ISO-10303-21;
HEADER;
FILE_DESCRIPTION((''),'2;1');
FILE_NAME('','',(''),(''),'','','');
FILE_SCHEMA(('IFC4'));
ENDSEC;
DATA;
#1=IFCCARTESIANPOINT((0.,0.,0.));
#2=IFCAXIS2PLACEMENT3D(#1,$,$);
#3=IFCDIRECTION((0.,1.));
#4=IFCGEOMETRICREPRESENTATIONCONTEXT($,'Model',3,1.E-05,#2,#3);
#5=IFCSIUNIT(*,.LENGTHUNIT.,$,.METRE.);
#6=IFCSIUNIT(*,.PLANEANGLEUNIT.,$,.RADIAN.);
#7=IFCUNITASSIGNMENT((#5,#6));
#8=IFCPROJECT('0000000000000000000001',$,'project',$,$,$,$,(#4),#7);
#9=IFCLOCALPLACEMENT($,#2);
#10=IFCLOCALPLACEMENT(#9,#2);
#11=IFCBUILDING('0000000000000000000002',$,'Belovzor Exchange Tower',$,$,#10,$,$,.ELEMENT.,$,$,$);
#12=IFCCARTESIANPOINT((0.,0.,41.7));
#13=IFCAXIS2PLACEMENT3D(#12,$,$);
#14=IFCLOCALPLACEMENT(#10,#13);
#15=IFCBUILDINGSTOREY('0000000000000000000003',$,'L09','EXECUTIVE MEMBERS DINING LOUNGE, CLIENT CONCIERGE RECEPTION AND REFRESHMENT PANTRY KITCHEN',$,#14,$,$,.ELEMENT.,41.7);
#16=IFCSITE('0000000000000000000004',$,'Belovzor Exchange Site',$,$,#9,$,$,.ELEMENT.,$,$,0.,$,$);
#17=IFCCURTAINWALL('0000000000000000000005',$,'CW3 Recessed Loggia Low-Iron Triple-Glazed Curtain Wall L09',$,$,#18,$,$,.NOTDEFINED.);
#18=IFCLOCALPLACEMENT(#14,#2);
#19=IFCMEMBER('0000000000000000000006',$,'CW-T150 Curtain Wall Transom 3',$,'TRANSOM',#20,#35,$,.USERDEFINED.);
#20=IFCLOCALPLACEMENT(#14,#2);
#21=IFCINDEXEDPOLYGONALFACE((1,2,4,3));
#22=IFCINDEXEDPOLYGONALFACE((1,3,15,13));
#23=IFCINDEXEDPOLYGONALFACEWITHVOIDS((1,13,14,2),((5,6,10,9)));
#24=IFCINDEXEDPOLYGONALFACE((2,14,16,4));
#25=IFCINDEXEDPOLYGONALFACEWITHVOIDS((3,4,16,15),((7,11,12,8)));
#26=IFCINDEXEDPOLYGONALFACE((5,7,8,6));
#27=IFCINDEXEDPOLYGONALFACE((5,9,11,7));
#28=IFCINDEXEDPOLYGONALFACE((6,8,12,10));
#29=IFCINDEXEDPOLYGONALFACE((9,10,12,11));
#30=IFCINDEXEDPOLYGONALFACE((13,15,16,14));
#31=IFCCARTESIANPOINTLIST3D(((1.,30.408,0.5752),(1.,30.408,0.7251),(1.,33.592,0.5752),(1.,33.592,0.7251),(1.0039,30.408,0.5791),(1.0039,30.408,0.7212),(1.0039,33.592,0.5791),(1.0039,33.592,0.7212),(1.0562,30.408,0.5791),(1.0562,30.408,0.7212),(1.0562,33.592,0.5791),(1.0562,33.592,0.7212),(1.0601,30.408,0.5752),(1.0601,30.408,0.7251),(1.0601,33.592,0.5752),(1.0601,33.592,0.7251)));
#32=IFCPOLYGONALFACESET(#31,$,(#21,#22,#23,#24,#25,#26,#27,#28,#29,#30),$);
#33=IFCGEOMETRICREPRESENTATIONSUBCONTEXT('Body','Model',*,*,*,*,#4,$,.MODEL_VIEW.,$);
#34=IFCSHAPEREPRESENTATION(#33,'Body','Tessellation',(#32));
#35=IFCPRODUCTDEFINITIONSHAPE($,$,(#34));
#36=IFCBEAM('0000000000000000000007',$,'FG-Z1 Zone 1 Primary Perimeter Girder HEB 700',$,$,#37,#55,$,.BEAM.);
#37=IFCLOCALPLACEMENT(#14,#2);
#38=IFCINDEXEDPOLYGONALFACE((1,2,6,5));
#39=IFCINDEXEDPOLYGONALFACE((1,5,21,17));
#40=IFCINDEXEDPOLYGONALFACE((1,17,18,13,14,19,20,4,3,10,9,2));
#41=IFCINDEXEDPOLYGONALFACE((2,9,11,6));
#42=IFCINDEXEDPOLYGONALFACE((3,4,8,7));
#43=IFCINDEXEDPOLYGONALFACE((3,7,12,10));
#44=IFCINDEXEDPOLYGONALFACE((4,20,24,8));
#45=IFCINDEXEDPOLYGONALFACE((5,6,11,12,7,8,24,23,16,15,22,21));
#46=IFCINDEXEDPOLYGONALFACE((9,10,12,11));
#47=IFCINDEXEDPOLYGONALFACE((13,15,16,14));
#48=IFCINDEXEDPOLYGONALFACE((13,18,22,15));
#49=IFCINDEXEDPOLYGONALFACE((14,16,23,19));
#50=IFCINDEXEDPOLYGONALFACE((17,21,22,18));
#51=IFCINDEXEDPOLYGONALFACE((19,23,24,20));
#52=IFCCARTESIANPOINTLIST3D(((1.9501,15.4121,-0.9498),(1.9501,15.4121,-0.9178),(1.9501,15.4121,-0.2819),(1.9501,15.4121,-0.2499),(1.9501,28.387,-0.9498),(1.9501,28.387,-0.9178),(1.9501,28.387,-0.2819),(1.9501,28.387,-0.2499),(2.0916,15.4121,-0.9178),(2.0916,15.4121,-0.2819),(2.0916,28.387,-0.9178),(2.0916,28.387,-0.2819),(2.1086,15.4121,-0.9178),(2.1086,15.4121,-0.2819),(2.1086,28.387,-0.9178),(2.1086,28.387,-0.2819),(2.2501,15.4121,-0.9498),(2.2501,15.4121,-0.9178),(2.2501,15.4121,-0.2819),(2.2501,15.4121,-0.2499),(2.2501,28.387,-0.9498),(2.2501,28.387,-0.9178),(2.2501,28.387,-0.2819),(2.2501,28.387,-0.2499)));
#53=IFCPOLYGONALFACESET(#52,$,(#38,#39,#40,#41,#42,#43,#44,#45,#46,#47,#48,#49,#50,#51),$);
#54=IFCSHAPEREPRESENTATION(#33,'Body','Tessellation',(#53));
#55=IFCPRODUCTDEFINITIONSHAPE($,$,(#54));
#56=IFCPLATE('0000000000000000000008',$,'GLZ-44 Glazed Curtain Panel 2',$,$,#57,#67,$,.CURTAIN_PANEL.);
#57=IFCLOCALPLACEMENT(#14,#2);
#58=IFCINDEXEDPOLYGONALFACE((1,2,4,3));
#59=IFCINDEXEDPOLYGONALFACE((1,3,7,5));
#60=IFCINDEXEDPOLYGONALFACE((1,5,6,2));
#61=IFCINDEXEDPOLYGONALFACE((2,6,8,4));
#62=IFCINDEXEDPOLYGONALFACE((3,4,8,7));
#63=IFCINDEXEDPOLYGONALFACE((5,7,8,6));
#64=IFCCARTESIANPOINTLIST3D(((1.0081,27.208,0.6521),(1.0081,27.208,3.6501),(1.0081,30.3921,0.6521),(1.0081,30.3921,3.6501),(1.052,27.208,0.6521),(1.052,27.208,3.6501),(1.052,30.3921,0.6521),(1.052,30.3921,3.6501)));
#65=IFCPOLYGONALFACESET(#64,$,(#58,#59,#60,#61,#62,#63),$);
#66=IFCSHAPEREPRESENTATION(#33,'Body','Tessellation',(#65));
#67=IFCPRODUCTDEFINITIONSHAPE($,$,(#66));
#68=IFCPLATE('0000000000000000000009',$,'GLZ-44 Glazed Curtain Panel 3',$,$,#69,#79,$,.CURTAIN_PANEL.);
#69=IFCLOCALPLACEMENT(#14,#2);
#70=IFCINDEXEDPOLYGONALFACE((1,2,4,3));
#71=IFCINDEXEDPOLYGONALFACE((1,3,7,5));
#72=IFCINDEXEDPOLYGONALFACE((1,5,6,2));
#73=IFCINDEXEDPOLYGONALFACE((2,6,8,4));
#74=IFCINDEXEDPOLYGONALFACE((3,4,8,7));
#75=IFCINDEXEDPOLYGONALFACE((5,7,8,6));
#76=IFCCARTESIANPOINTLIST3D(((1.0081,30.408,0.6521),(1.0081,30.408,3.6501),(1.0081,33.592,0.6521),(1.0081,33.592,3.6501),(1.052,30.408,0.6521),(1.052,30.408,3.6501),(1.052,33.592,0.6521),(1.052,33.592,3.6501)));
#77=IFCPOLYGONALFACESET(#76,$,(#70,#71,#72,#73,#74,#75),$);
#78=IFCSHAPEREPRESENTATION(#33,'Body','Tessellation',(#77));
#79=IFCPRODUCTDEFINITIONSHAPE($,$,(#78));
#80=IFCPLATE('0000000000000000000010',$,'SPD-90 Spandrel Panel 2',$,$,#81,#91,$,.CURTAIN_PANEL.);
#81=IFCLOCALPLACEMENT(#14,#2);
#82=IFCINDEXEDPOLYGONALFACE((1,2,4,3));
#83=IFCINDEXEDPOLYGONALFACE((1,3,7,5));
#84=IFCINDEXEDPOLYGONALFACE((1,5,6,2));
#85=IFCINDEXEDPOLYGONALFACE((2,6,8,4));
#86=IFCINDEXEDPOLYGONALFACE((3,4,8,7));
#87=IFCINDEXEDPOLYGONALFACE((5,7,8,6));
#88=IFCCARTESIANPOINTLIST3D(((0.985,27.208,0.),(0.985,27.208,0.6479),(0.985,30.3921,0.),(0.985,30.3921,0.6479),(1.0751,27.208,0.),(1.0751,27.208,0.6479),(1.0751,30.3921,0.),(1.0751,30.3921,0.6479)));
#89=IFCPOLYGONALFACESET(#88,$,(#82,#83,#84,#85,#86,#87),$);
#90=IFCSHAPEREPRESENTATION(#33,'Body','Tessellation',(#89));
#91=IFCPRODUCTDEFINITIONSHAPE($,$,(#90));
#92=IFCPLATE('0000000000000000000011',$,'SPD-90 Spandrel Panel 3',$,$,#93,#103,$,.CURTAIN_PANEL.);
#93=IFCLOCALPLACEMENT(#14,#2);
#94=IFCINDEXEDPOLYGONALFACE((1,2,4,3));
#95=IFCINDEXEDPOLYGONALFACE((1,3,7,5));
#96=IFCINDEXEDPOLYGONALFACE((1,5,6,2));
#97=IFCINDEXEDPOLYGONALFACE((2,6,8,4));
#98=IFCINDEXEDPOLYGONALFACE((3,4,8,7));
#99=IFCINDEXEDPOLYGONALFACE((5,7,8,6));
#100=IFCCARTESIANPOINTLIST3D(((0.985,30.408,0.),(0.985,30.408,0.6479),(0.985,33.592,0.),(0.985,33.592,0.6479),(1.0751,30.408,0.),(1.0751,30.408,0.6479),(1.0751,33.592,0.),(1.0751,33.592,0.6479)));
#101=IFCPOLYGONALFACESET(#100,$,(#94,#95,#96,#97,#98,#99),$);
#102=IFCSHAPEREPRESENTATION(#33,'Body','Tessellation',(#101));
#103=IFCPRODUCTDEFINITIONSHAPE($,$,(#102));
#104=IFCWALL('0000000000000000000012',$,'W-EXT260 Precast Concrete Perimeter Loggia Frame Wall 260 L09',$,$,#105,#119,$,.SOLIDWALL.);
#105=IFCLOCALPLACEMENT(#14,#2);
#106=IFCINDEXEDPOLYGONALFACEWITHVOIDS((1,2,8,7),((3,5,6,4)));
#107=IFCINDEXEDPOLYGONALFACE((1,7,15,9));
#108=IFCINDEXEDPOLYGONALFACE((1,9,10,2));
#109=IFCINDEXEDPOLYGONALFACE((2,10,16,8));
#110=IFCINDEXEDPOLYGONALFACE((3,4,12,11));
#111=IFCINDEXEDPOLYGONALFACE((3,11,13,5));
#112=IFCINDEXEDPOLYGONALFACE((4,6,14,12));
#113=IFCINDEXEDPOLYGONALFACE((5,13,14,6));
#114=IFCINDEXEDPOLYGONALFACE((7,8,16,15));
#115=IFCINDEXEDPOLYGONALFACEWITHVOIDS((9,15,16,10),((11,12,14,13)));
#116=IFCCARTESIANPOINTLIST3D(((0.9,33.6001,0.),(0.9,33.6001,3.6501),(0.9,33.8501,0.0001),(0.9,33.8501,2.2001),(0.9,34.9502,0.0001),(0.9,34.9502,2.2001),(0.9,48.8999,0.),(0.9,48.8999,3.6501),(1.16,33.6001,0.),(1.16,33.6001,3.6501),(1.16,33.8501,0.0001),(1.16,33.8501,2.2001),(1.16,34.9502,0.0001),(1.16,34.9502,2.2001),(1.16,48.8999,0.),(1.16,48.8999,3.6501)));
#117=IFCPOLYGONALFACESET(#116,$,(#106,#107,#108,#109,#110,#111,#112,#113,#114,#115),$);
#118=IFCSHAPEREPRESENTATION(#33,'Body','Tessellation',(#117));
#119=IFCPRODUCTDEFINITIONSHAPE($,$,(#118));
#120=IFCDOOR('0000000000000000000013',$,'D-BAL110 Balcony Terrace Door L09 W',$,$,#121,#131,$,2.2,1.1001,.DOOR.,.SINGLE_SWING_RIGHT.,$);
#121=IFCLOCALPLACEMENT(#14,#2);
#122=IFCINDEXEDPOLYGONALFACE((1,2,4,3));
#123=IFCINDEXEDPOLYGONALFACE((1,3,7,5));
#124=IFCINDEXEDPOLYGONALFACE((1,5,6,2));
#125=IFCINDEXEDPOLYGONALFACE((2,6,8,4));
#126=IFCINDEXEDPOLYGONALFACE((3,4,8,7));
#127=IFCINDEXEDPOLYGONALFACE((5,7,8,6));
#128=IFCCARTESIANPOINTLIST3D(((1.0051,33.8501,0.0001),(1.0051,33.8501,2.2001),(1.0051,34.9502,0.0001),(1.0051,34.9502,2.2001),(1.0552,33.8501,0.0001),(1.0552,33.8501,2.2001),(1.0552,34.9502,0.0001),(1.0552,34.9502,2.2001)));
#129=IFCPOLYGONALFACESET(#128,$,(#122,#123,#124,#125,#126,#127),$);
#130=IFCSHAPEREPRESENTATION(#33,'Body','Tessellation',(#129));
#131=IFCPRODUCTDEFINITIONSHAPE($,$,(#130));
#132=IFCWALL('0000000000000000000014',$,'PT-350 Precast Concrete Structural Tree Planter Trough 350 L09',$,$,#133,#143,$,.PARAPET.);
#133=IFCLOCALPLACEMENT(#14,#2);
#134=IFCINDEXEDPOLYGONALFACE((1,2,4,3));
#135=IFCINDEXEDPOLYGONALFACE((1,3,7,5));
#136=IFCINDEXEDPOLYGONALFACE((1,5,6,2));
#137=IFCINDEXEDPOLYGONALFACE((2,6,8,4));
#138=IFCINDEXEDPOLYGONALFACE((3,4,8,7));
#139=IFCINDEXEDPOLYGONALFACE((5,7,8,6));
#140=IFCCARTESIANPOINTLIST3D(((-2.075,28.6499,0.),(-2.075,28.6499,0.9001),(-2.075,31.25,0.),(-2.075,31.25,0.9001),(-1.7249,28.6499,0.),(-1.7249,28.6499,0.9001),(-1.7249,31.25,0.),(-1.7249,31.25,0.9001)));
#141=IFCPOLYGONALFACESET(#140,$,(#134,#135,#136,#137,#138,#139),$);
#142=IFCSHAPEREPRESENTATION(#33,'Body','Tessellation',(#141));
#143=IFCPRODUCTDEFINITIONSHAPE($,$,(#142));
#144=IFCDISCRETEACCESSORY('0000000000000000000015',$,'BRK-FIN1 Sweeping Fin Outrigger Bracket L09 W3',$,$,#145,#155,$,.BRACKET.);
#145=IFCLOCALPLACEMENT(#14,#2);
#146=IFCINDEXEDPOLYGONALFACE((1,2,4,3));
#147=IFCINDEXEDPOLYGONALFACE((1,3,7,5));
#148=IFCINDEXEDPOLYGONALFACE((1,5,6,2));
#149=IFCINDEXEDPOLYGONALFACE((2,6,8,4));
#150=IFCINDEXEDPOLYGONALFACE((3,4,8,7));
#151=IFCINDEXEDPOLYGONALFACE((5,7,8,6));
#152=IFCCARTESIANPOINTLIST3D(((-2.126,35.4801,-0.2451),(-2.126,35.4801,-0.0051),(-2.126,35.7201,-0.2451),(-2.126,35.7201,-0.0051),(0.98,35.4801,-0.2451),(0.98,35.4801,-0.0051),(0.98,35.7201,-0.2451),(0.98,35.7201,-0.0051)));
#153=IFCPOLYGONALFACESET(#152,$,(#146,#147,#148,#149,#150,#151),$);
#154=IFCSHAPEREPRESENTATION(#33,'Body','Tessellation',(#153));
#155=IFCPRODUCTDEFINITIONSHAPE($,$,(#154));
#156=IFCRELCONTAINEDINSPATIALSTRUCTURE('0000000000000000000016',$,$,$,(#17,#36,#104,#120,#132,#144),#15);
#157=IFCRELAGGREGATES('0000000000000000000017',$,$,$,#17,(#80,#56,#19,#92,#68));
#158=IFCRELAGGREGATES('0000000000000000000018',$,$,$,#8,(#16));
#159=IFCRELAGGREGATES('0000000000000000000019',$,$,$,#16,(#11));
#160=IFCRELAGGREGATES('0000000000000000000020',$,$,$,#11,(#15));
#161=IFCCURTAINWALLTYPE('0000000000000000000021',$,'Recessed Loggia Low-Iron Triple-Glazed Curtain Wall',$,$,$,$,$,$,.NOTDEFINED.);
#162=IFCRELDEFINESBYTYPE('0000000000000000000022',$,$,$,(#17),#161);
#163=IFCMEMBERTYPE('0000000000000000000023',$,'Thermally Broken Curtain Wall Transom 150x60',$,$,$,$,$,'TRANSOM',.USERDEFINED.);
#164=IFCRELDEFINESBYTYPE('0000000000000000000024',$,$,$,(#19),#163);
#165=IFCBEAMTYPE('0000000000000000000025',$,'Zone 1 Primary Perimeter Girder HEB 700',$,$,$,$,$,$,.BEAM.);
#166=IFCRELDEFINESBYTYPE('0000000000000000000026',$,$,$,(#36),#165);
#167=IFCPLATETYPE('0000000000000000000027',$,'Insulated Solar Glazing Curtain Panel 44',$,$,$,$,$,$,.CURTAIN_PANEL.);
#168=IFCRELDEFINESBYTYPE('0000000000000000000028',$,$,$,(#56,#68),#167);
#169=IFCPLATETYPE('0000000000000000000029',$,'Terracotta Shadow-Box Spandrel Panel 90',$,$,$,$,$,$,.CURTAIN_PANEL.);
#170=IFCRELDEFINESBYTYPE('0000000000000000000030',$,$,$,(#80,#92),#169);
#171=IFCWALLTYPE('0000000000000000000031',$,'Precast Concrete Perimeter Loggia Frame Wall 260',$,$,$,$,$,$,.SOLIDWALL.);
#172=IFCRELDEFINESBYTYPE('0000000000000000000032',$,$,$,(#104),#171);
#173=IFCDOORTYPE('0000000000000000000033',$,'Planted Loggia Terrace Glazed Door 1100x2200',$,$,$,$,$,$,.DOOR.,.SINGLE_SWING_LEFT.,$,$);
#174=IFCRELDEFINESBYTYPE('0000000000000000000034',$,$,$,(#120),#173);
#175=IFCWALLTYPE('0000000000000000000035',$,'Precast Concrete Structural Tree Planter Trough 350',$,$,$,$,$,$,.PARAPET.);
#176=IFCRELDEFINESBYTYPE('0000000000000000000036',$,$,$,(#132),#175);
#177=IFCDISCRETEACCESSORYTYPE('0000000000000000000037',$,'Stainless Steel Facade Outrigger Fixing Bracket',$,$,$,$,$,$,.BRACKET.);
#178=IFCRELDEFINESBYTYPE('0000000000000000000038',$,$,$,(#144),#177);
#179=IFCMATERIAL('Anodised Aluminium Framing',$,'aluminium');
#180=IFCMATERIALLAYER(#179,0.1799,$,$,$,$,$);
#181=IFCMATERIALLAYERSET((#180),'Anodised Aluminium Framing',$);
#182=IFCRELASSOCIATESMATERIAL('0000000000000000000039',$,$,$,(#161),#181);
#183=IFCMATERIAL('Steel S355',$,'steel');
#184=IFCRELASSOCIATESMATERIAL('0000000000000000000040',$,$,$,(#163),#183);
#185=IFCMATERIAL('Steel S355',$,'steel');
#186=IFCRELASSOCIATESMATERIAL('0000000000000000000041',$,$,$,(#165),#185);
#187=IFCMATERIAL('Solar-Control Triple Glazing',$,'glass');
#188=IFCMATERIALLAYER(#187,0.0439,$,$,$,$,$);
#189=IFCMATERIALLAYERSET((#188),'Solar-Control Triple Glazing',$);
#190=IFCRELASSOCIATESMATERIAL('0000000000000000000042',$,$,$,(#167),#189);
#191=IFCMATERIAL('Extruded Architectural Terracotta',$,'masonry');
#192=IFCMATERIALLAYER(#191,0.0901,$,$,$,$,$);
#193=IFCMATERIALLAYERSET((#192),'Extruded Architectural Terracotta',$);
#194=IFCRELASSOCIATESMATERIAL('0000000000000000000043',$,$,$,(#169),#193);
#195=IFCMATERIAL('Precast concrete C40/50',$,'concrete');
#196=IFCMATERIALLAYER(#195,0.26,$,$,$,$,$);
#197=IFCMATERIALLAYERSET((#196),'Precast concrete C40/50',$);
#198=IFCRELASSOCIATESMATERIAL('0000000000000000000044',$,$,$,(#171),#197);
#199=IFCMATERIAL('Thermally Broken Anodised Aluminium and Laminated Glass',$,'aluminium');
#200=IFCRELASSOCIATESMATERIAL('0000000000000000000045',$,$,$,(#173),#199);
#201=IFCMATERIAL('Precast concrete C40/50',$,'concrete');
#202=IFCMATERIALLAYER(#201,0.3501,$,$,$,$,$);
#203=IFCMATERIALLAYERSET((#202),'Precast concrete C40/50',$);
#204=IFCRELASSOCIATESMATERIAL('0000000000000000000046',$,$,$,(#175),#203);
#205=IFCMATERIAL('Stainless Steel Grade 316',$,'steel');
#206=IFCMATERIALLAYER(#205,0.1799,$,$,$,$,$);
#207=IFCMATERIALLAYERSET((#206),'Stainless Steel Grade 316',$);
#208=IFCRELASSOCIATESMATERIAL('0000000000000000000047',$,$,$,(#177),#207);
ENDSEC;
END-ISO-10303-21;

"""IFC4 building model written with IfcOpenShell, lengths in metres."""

from ifc_helpers import new_model, si_unit, direction, frame, frame_2d, origin, origin_2d, place, context, subcontext, project, spatial, rectangle, hollow_rectangle, i_section, extrude, material, layer, layer_set, material_profile, profile_set, type_object, element, fill, aggregate, save


model = new_model("IFC4")

# Units and contexts
model_context = context("Model", 3, precision=1e-05, world=origin(), true_north=direction((0.0, 1.0)))
body_context = subcontext(model_context, "Body", "Model", "MODEL_VIEW")
ifc_project = project(units=[si_unit("LENGTHUNIT", "METRE"), si_unit("PLANEANGLEUNIT", "RADIAN")], contexts=[model_context])

# Site, building, storey
site_placement = place(None, origin())
site = spatial("IfcSite", under=ifc_project, at=site_placement, Name="Belovzor Exchange Site", CompositionType="ELEMENT", RefElevation=0.0)
building_placement = place(site_placement, origin())
building = spatial("IfcBuilding", under=site, at=building_placement, Name="Belovzor Exchange Tower", CompositionType="ELEMENT")
storey_placement = place(building_placement, frame((0.0, 0.0, 41.7)))
storey = spatial("IfcBuildingStorey", under=building, at=storey_placement, Name="L09", Description="EXECUTIVE MEMBERS DINING LOUNGE, CLIENT CONCIERGE RECEPTION AND REFRESHMENT PANTRY KITCHEN", CompositionType="ELEMENT", Elevation=41.7)

# Curtain wall, member
ifc_material_1 = material(Name="Anodised Aluminium Framing", Category="aluminium")
ifc_layer_1 = layer(ifc_material_1, 0.1799)
ifc_layer_set_1 = layer_set([ifc_layer_1], Name="Anodised Aluminium Framing")
curtain_wall_type = type_object("IfcCurtainWallType", Name="Recessed Loggia Low-Iron Triple-Glazed Curtain Wall", PredefinedType="NOTDEFINED", material=ifc_layer_set_1)
curtain_wall_placement = place(storey_placement, origin())
curtain_wall = element("IfcCurtainWall", 1, at=curtain_wall_placement, inside=storey, type_object=curtain_wall_type, Name="CW3 Recessed Loggia Low-Iron Triple-Glazed Curtain Wall L09", PredefinedType="NOTDEFINED")
ifc_material_2 = material(Name="Steel S355", Category="steel")
ifc_material_profile_1 = material_profile(ifc_material_2, hollow_rectangle(XDim=0.0601, YDim=0.1499, WallThickness=0.0039, at=origin_2d()))
ifc_profile_set_1 = profile_set([ifc_material_profile_1], Name="Steel S355")
member_type_1 = type_object("IfcMemberType", Name="Thermally Broken Curtain Wall Transom 150x60", ElementType="TRANSOM", PredefinedType="USERDEFINED", material=ifc_profile_set_1)
member_1_placement = place(storey_placement, frame((1.03, 30.408, 0.6501), z_axis=(0.0, 1.0, 0.0), x_axis=(-1.0, 0.0, 0.0)))
member_1 = element("IfcMember", 2, at=member_1_placement, type_object=member_type_1, Name="CW-T150 Curtain Wall Transom 3", ObjectType="TRANSOM", PredefinedType="USERDEFINED", context=body_context, shape_type="SweptSolid", body=[
    extrude(hollow_rectangle(XDim=0.0601, YDim=0.1499, WallThickness=0.0039, at=origin_2d()), origin(), (0.0, 0.0, 1.0), 3.1841),
])

# Beam
ifc_material_3 = material(Name="Steel S355", Category="steel")
ifc_material_profile_2 = material_profile(ifc_material_3, i_section(OverallWidth=0.3, OverallDepth=0.7, WebThickness=0.0171, FlangeThickness=0.032, at=origin_2d()))
ifc_profile_set_2 = profile_set([ifc_material_profile_2], Name="Steel S355")
beam_type_1 = type_object("IfcBeamType", Name="Zone 1 Primary Perimeter Girder HEB 700", PredefinedType="BEAM", material=ifc_profile_set_2)
beam_1_placement = place(storey_placement, frame((2.1001, 28.387, -0.5999), z_axis=(0.0, -1.0, 0.0), x_axis=(1.0, 0.0, 0.0)))
element("IfcBeam", 3, at=beam_1_placement, inside=storey, type_object=beam_type_1, Name="FG-Z1 Zone 1 Primary Perimeter Girder HEB 700", PredefinedType="BEAM", context=body_context, shape_type="SweptSolid", body=[
    extrude(i_section(OverallWidth=0.3, OverallDepth=0.7, WebThickness=0.0171, FlangeThickness=0.032, at=origin_2d()), origin(), (0.0, 0.0, 1.0), 12.9749),
])

# Plates
ifc_material_4 = material(Name="Solar-Control Triple Glazing", Category="glass")
ifc_layer_2 = layer(ifc_material_4, 0.0439)
ifc_layer_set_2 = layer_set([ifc_layer_2], Name="Solar-Control Triple Glazing")
plate_type_1 = type_object("IfcPlateType", Name="Insulated Solar Glazing Curtain Panel 44", PredefinedType="CURTAIN_PANEL", material=ifc_layer_set_2)
plate_1_placement = place(storey_placement, frame((1.03, 28.8, 0.6521), z_axis=(0.0, 0.0, 1.0), x_axis=(0.0, 1.0, 0.0)))
plate_1 = element("IfcPlate", 4, at=plate_1_placement, type_object=plate_type_1, Name="GLZ-44 Glazed Curtain Panel 2", PredefinedType="CURTAIN_PANEL", context=body_context, shape_type="SweptSolid", body=[
    extrude(rectangle(XDim=3.1841, YDim=0.0439, at=origin_2d()), origin(), (0.0, 0.0, 1.0), 2.998),
])
plate_2_placement = place(storey_placement, frame((1.03, 32.0, 0.6521), z_axis=(0.0, 0.0, 1.0), x_axis=(0.0, 1.0, 0.0)))
plate_2 = element("IfcPlate", 5, at=plate_2_placement, type_object=plate_type_1, Name="GLZ-44 Glazed Curtain Panel 3", PredefinedType="CURTAIN_PANEL", context=body_context, shape_type="SweptSolid", body=[
    extrude(rectangle(XDim=3.1841, YDim=0.0439, at=origin_2d()), origin(), (0.0, 0.0, 1.0), 2.998),
])
ifc_material_5 = material(Name="Extruded Architectural Terracotta", Category="masonry")
ifc_layer_3 = layer(ifc_material_5, 0.0901)
ifc_layer_set_3 = layer_set([ifc_layer_3], Name="Extruded Architectural Terracotta")
plate_type_2 = type_object("IfcPlateType", Name="Terracotta Shadow-Box Spandrel Panel 90", PredefinedType="CURTAIN_PANEL", material=ifc_layer_set_3)
plate_3_placement = place(storey_placement, frame((1.03, 28.8, 0.0), z_axis=(0.0, 0.0, 1.0), x_axis=(0.0, 1.0, 0.0)))
plate_3 = element("IfcPlate", 6, at=plate_3_placement, type_object=plate_type_2, Name="SPD-90 Spandrel Panel 2", PredefinedType="CURTAIN_PANEL", context=body_context, shape_type="SweptSolid", body=[
    extrude(rectangle(XDim=3.1841, YDim=0.0901, at=origin_2d()), origin(), (0.0, 0.0, 1.0), 0.6479),
])
plate_4_placement = place(storey_placement, frame((1.03, 32.0, 0.0), z_axis=(0.0, 0.0, 1.0), x_axis=(0.0, 1.0, 0.0)))
plate_4 = element("IfcPlate", 7, at=plate_4_placement, type_object=plate_type_2, Name="SPD-90 Spandrel Panel 3", PredefinedType="CURTAIN_PANEL", context=body_context, shape_type="SweptSolid", body=[
    extrude(rectangle(XDim=3.1841, YDim=0.0901, at=origin_2d()), origin(), (0.0, 0.0, 1.0), 0.6479),
])
aggregate(curtain_wall, [plate_3, plate_1, member_1, plate_4, plate_2])

# Wall, opening, door
ifc_material_6 = material(Name="Precast concrete C40/50", Category="concrete")
ifc_layer_4 = layer(ifc_material_6, 0.26)
ifc_layer_set_4 = layer_set([ifc_layer_4], Name="Precast concrete C40/50")
wall_type_1 = type_object("IfcWallType", Name="Precast Concrete Perimeter Loggia Frame Wall 260", PredefinedType="SOLIDWALL", material=ifc_layer_set_4)
wall_1_placement = place(storey_placement, frame((1.03, 33.6001, 0.0), z_axis=(0.0, 0.0, 1.0), x_axis=(0.0, 1.0, 0.0)))
wall_1 = element("IfcWall", 8, at=wall_1_placement, inside=storey, type_object=wall_type_1, Name="W-EXT260 Precast Concrete Perimeter Loggia Frame Wall 260 L09", PredefinedType="SOLIDWALL", context=body_context, shape_type="SweptSolid", body=[
    extrude(rectangle(XDim=15.2998, YDim=0.26, at=frame_2d((7.6499, 0.0))), origin(), (0.0, 0.0, 1.0), 3.6501),
])
opening_placement = place(wall_1_placement, frame((0.25, 0.0, 0.0)))
opening = element("IfcOpeningElement", 9, at=opening_placement, cuts=wall_1, PredefinedType="OPENING", context=body_context, shape_type="SweptSolid", body=[
    extrude(rectangle(XDim=1.1001, YDim=2.2, at=frame_2d((0.55, 1.1001))), frame((0.0, 0.1399, 0.0), z_axis=(0.0, -1.0, 0.0), x_axis=(1.0, 0.0, 0.0)), (0.0, 0.0, 1.0), 0.28),
])
ifc_material_7 = material(Name="Thermally Broken Anodised Aluminium and Laminated Glass", Category="aluminium")
door_type = type_object("IfcDoorType", Name="Planted Loggia Terrace Glazed Door 1100x2200", OperationType="SINGLE_SWING_LEFT", PredefinedType="DOOR", material=ifc_material_7)
door_placement = place(opening_placement, origin())
door = element("IfcDoor", 10, at=door_placement, inside=storey, type_object=door_type, Name="D-BAL110 Balcony Terrace Door L09 W", OperationType="SINGLE_SWING_RIGHT", OverallHeight=2.2, OverallWidth=1.1001, PredefinedType="DOOR", context=body_context, shape_type="SweptSolid", body=[
    extrude(rectangle(XDim=1.1001, YDim=2.2, at=frame_2d((0.55, 1.1001))), frame((0.0, 0.0249, 0.0), z_axis=(0.0, -1.0, 0.0), x_axis=(1.0, 0.0, 0.0)), (0.0, 0.0, 1.0), 0.05),
])
fill(opening, door)

# Wall
ifc_material_8 = material(Name="Precast concrete C40/50", Category="concrete")
ifc_layer_5 = layer(ifc_material_8, 0.3501)
ifc_layer_set_5 = layer_set([ifc_layer_5], Name="Precast concrete C40/50")
wall_type_2 = type_object("IfcWallType", Name="Precast Concrete Structural Tree Planter Trough 350", PredefinedType="PARAPET", material=ifc_layer_set_5)
wall_2_placement = place(storey_placement, frame((-1.8999, 28.6499, 0.0), z_axis=(0.0, 0.0, 1.0), x_axis=(0.0, 1.0, 0.0)))
element("IfcWall", 11, at=wall_2_placement, inside=storey, type_object=wall_type_2, Name="PT-350 Precast Concrete Structural Tree Planter Trough 350 L09", PredefinedType="PARAPET", context=body_context, shape_type="SweptSolid", body=[
    extrude(rectangle(XDim=2.6001, YDim=0.3501, at=frame_2d((1.3, 0.0))), origin(), (0.0, 0.0, 1.0), 0.9001),
])

# Discrete accessory
ifc_material_9 = material(Name="Stainless Steel Grade 316", Category="steel")
ifc_layer_6 = layer(ifc_material_9, 0.1799)
ifc_layer_set_6 = layer_set([ifc_layer_6], Name="Stainless Steel Grade 316")
discrete_accessory_type = type_object("IfcDiscreteAccessoryType", Name="Stainless Steel Facade Outrigger Fixing Bracket", PredefinedType="BRACKET", material=ifc_layer_set_6)
discrete_accessory_placement = place(storey_placement, frame((-0.573, 35.6001, -0.2451), z_axis=(0.0, 0.0, 1.0), x_axis=(1.0, 0.0, 0.0)))
element("IfcDiscreteAccessory", 12, at=discrete_accessory_placement, inside=storey, type_object=discrete_accessory_type, Name="BRK-FIN1 Sweeping Fin Outrigger Bracket L09 W3", PredefinedType="BRACKET", context=body_context, shape_type="SweptSolid", body=[
    extrude(rectangle(XDim=3.106, YDim=0.24, at=origin_2d()), origin(), (0.0, 0.0, 1.0), 0.24),
])

save(model, "model.ifc")
